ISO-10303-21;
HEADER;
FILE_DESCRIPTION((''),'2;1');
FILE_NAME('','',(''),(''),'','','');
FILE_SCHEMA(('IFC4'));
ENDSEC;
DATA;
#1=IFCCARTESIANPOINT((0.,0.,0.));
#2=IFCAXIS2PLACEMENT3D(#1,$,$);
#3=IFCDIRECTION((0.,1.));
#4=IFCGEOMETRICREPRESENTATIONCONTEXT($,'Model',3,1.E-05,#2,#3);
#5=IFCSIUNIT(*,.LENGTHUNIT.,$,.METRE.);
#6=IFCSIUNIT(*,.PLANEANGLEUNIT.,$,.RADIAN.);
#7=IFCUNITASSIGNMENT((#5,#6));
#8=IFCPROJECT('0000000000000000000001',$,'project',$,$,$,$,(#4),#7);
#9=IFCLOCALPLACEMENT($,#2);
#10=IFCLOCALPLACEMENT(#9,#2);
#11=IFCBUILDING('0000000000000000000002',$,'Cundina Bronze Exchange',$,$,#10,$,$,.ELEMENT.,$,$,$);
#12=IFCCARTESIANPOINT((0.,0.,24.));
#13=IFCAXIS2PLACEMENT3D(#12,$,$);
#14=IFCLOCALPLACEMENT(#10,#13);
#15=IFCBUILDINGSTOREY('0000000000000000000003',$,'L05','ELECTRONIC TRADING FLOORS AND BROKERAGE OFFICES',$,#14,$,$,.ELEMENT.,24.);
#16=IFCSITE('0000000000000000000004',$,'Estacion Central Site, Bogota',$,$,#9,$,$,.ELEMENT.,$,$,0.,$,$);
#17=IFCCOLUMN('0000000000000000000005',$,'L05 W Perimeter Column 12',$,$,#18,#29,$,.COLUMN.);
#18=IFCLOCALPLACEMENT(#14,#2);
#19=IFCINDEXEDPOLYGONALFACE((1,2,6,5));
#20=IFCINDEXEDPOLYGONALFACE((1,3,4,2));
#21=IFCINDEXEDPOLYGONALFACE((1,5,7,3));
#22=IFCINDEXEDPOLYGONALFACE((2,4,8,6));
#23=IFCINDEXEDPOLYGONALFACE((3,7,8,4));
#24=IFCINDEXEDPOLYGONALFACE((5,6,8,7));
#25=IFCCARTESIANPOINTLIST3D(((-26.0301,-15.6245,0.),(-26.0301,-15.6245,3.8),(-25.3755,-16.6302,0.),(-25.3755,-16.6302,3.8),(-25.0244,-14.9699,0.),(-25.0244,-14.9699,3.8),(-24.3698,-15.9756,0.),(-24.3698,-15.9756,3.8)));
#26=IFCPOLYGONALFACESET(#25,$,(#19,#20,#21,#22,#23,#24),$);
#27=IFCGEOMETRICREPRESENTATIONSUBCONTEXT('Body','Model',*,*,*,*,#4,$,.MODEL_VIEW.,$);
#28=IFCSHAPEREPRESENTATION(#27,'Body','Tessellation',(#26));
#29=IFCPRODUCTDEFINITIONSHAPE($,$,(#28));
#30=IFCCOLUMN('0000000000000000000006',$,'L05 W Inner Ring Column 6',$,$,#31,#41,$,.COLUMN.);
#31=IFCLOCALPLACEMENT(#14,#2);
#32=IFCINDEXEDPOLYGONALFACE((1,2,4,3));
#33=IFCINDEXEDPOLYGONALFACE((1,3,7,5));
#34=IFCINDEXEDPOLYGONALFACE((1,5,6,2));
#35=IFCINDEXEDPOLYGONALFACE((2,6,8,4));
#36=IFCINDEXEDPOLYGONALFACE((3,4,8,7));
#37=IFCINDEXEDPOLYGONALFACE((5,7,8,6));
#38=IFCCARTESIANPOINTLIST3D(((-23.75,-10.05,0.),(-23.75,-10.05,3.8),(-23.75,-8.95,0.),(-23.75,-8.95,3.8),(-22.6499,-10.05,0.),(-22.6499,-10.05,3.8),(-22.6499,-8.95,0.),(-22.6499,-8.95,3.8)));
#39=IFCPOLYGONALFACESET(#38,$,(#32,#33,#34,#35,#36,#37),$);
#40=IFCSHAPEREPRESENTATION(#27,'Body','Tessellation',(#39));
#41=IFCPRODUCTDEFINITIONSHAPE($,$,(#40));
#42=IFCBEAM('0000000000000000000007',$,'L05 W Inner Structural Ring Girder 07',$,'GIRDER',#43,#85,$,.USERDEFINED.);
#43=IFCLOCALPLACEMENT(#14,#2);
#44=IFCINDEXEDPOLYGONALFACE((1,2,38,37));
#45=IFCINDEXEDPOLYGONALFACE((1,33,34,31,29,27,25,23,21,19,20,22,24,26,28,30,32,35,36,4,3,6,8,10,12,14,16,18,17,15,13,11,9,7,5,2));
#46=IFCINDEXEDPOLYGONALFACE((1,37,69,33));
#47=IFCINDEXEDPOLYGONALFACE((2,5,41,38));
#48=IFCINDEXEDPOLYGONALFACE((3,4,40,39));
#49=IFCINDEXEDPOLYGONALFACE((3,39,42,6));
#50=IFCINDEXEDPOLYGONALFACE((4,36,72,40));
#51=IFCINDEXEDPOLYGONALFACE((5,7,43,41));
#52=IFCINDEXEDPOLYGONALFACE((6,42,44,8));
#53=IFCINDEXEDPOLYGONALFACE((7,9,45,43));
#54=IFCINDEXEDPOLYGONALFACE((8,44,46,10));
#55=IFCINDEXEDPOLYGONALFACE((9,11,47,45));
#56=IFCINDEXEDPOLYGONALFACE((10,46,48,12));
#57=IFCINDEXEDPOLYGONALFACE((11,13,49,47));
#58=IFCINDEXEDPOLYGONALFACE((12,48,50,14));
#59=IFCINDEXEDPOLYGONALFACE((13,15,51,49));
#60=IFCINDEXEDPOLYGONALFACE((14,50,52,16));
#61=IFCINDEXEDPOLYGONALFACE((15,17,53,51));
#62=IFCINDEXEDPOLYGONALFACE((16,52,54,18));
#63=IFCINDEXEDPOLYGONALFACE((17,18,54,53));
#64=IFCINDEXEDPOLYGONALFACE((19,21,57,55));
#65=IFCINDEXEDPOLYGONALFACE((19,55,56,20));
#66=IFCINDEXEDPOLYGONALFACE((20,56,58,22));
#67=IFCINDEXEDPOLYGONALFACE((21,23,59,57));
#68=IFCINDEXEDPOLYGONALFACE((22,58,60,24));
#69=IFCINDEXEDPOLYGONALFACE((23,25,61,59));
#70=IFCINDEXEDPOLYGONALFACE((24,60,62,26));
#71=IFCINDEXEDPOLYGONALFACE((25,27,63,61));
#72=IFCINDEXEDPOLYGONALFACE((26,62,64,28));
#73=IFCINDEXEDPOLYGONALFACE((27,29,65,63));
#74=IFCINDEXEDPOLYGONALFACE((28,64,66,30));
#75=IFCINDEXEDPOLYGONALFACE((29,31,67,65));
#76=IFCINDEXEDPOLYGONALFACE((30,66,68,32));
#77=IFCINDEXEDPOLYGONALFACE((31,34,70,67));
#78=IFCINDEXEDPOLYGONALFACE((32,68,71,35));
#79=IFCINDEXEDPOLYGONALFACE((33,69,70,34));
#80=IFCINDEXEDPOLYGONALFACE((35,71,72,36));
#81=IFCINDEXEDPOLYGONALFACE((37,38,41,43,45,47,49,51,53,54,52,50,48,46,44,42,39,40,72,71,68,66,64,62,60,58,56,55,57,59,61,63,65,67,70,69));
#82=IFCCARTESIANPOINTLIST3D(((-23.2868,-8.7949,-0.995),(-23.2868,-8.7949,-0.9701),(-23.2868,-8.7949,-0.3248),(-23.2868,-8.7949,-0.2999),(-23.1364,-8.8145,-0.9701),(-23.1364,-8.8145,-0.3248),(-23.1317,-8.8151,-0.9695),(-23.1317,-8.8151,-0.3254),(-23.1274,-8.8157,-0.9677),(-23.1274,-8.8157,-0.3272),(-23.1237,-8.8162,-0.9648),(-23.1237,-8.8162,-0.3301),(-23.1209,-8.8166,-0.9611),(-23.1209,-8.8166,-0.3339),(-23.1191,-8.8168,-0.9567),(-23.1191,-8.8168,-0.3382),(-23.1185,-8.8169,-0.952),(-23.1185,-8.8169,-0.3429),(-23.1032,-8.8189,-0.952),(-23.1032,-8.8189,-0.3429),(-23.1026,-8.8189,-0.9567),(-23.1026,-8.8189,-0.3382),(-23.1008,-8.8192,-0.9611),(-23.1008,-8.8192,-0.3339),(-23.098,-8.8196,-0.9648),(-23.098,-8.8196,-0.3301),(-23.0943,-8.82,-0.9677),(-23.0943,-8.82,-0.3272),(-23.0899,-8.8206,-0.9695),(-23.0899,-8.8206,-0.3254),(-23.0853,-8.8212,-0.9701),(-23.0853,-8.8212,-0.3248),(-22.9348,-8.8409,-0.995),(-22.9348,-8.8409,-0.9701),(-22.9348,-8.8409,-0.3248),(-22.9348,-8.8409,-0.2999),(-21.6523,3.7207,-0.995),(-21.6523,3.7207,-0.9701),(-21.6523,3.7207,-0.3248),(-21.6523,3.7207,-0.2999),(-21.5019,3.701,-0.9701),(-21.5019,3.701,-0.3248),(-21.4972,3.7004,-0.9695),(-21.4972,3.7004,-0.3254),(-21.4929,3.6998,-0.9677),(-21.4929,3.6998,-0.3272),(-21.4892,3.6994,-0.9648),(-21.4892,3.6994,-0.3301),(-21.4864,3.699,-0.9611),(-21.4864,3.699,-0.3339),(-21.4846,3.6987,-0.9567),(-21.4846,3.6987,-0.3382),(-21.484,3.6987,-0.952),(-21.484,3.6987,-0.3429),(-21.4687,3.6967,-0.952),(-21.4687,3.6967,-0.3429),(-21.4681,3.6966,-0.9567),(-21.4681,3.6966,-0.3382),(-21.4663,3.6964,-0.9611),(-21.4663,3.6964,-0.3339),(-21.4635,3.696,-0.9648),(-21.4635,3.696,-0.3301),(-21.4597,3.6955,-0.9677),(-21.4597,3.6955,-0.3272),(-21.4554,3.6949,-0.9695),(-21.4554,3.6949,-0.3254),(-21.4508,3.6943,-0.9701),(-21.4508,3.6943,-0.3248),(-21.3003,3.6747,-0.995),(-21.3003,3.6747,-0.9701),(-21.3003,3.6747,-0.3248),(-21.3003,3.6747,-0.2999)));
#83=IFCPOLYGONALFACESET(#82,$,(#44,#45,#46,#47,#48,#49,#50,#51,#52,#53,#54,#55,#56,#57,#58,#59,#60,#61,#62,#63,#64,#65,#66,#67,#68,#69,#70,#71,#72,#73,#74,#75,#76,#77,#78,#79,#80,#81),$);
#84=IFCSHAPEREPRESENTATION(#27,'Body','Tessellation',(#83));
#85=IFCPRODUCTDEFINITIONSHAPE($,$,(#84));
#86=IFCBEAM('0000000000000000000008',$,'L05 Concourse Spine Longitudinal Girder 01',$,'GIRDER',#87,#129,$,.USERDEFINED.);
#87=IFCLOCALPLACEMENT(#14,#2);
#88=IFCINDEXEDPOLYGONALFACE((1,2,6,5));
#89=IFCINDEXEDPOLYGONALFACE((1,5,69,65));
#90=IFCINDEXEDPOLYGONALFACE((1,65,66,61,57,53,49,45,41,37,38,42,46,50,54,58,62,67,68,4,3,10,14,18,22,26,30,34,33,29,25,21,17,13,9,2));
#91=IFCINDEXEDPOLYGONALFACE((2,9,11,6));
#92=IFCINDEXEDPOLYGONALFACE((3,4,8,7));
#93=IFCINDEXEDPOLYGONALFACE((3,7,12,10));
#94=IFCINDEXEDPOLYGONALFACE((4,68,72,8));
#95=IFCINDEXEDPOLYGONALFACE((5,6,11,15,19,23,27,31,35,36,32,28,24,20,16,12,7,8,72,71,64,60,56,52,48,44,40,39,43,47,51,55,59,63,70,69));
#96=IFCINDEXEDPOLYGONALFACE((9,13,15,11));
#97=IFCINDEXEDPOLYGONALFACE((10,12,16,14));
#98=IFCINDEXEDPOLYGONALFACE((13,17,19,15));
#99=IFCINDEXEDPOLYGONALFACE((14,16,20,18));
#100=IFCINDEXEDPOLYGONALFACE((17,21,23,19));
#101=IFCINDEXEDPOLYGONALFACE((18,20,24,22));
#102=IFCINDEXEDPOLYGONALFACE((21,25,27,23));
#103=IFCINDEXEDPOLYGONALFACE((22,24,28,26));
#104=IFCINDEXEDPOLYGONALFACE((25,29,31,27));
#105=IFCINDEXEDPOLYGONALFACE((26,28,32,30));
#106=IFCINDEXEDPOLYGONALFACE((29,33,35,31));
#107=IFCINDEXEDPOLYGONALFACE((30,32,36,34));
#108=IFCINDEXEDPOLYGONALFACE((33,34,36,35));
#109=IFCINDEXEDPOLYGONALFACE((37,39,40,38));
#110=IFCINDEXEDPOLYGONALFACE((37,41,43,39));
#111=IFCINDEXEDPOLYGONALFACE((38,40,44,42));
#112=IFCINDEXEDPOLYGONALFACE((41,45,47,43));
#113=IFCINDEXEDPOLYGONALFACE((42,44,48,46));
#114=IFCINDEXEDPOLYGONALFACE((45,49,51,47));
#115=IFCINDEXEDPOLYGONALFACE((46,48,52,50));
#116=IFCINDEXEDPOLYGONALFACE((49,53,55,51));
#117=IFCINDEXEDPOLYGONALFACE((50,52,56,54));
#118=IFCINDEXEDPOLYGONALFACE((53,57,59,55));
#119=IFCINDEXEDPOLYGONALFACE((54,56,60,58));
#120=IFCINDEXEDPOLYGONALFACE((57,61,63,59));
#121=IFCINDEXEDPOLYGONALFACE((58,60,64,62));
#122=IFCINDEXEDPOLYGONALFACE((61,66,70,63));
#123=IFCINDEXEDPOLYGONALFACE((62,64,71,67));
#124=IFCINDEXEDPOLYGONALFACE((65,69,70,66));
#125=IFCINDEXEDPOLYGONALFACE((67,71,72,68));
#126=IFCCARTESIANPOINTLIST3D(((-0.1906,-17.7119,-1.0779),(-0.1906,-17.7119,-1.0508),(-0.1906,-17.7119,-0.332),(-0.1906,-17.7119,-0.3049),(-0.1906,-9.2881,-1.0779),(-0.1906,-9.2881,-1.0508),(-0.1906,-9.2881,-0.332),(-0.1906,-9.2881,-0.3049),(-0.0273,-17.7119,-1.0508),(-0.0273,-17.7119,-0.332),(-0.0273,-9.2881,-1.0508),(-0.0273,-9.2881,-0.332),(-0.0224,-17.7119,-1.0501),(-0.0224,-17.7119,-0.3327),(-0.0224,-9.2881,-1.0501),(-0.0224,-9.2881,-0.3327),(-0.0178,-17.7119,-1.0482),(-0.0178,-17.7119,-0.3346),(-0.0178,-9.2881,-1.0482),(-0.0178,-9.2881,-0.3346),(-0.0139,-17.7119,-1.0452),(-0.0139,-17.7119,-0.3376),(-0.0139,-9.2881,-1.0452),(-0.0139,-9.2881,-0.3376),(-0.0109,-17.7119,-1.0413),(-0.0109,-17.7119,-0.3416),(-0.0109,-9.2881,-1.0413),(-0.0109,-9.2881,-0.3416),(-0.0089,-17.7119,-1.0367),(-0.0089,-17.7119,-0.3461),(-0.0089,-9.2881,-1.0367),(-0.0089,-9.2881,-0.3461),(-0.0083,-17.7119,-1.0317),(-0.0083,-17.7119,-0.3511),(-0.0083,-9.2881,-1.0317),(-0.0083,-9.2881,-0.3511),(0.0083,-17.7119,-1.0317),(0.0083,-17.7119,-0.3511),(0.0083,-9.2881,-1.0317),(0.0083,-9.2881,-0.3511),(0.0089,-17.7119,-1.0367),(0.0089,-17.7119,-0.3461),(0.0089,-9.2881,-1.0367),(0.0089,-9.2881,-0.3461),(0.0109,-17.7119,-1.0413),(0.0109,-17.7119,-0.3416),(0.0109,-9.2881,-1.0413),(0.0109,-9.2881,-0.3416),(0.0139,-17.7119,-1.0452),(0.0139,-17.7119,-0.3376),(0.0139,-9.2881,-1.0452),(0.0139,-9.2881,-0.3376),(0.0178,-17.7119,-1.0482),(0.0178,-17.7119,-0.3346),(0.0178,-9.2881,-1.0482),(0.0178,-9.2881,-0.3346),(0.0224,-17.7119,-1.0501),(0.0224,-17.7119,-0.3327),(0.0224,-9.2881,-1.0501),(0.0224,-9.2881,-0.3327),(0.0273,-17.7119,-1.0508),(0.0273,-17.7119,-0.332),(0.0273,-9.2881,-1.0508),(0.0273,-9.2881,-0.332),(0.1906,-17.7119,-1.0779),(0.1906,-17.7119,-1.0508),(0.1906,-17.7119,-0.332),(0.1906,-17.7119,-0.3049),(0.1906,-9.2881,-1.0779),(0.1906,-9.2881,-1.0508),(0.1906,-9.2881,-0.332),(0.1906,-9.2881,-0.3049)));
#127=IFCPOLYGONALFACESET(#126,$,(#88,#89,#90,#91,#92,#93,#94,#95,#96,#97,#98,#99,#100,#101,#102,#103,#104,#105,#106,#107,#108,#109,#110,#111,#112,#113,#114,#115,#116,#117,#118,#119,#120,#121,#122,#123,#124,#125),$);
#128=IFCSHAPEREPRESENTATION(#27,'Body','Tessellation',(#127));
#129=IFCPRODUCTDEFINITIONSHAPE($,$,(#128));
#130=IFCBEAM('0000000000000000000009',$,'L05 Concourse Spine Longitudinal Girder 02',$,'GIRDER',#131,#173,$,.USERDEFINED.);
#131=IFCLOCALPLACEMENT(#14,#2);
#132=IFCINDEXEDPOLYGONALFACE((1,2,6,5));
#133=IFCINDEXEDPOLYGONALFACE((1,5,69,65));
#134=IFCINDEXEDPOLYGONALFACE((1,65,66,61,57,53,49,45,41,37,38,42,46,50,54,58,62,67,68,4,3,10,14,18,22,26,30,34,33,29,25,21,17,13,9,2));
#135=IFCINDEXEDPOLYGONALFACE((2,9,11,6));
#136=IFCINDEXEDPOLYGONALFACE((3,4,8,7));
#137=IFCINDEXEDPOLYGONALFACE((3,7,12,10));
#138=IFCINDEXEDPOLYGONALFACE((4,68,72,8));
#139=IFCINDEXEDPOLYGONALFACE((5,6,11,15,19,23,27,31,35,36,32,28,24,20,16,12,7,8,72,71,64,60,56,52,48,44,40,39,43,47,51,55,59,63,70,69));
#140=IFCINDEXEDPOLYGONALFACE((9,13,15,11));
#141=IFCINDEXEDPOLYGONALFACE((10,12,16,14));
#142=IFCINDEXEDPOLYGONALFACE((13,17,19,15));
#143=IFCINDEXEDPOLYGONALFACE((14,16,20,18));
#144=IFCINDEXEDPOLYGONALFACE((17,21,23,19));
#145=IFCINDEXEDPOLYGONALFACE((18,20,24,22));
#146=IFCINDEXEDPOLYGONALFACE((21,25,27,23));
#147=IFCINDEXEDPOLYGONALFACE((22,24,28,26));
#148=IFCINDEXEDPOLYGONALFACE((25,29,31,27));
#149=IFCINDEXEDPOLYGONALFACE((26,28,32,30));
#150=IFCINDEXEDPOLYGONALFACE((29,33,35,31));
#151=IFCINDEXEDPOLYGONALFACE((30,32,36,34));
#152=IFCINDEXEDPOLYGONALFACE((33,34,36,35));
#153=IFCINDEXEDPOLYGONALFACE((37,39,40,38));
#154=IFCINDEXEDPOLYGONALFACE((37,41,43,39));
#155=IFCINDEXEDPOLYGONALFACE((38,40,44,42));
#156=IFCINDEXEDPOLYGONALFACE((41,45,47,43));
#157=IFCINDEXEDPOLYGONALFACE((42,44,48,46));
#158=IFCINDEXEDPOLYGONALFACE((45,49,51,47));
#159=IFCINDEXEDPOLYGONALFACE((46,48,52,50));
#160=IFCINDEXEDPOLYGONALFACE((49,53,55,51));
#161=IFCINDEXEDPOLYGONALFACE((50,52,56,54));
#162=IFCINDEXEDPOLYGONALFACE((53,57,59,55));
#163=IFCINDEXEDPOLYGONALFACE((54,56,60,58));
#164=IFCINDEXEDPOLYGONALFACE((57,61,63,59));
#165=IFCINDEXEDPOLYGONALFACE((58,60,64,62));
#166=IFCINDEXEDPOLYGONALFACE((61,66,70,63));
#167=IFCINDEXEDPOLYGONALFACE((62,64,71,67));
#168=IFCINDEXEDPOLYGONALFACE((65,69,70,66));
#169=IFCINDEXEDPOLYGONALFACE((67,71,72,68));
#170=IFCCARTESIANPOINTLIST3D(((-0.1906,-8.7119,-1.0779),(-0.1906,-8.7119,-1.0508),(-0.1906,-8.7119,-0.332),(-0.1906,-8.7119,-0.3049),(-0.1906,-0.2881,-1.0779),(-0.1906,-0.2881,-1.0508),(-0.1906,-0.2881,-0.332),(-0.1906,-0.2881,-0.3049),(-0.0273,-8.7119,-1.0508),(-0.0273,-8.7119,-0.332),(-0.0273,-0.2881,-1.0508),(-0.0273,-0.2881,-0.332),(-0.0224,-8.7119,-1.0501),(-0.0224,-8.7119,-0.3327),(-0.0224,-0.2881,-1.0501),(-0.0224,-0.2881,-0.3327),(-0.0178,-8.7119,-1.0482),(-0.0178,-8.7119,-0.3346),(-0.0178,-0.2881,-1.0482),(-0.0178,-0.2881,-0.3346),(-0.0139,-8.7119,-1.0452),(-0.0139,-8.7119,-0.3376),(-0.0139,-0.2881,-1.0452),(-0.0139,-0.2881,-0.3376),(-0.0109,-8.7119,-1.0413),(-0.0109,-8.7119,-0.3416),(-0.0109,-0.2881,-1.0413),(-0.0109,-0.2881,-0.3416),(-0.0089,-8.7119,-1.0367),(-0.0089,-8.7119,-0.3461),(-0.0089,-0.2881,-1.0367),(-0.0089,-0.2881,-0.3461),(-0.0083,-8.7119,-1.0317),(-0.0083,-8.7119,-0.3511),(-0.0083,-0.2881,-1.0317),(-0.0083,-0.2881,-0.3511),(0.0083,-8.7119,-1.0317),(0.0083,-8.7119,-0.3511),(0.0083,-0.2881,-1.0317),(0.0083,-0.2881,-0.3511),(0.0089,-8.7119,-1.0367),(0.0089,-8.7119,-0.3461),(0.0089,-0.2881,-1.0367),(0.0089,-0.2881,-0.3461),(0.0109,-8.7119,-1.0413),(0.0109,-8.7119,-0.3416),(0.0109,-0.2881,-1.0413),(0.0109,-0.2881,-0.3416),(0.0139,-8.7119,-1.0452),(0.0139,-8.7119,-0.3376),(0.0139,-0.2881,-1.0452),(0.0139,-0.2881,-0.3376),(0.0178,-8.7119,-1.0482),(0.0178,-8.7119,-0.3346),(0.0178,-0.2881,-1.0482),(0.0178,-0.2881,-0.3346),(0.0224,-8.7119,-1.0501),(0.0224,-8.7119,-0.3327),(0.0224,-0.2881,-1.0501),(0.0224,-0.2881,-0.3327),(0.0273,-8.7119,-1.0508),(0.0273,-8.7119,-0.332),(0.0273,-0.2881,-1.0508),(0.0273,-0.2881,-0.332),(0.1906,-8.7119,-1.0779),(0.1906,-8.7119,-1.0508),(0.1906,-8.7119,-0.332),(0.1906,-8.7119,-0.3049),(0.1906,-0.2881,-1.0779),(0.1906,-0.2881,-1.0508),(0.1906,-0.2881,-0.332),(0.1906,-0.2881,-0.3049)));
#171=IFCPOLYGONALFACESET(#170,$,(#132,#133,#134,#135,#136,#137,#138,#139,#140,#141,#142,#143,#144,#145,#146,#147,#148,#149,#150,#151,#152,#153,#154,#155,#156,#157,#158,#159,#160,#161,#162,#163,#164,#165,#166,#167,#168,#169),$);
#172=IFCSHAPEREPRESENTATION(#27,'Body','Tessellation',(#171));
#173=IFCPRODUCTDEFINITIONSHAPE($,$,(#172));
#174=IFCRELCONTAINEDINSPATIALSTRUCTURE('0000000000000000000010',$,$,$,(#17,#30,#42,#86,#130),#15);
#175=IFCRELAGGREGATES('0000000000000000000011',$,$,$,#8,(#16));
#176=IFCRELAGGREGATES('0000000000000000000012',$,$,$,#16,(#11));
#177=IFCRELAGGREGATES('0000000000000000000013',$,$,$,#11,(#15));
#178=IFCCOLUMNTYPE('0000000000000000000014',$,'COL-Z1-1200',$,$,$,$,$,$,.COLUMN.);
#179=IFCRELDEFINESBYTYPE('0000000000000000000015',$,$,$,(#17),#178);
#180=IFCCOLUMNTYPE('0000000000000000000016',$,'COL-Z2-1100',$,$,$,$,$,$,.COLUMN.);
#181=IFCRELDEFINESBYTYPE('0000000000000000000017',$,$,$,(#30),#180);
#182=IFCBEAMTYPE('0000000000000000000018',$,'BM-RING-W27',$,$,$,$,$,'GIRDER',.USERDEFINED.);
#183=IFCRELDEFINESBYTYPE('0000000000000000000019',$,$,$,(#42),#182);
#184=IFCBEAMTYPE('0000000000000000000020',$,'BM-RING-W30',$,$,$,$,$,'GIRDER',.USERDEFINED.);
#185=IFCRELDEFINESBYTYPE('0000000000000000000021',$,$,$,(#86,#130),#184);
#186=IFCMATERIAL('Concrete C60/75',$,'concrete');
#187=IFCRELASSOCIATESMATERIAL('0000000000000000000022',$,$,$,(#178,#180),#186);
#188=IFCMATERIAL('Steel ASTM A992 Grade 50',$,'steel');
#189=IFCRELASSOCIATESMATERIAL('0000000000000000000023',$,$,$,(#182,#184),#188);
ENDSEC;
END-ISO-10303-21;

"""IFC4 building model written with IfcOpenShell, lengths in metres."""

from ifc_helpers import new_model, si_unit, direction, frame, origin, origin_2d, place, context, subcontext, project, spatial, rectangle, i_section, extrude, material, material_profile, profile_set, type_object, element, save


model = new_model("IFC4")

# Units and contexts
model_context = context("Model", 3, precision=1e-05, world=origin(), true_north=direction((0.0, 1.0)))
body_context = subcontext(model_context, "Body", "Model", "MODEL_VIEW")
ifc_project = project(units=[si_unit("LENGTHUNIT", "METRE"), si_unit("PLANEANGLEUNIT", "RADIAN")], contexts=[model_context])

# Site, building, storey
site_placement = place(None, origin())
site = spatial("IfcSite", under=ifc_project, at=site_placement, Name="Estacion Central Site, Bogota", CompositionType="ELEMENT", RefElevation=0.0)
building_placement = place(site_placement, origin())
building = spatial("IfcBuilding", under=site, at=building_placement, Name="Cundina Bronze Exchange", CompositionType="ELEMENT")
storey_placement = place(building_placement, frame((0.0, 0.0, 24.0)))
storey = spatial("IfcBuildingStorey", under=building, at=storey_placement, Name="L05", Description="ELECTRONIC TRADING FLOORS AND BROKERAGE OFFICES", CompositionType="ELEMENT", Elevation=24.0)

# Columns
ifc_material_1 = material(Name="Concrete C60/75", Category="concrete")
ifc_material_profile_1 = material_profile(ifc_material_1, rectangle(XDim=1.2, YDim=1.2, at=origin_2d()), Name="RC1200X1200", Category="concrete")
ifc_profile_set_1 = profile_set([ifc_material_profile_1], Name="Concrete C60/75")
column_type_1 = type_object("IfcColumnType", Name="COL-Z1-1200", PredefinedType="COLUMN", material=ifc_profile_set_1)
column_1_placement = place(storey_placement, frame((-25.2, -15.8, 0.0), z_axis=(0.0, 0.0, 1.0), x_axis=(0.8381, 0.545517, 0.0)))
element("IfcColumn", 1, at=column_1_placement, inside=storey, type_object=column_type_1, Name="L05 W Perimeter Column 12", PredefinedType="COLUMN", context=body_context, shape_type="SweptSolid", body=[
    extrude(rectangle(XDim=1.2, YDim=1.2, at=origin_2d()), origin(), (0.0, 0.0, 1.0), 3.8),
])
ifc_material_profile_2 = material_profile(ifc_material_1, rectangle(XDim=1.1001, YDim=1.1001, at=origin_2d()), Name="RC1100X1100", Category="concrete")
ifc_profile_set_2 = profile_set([ifc_material_profile_2], Name="Concrete C60/75")
column_type_2 = type_object("IfcColumnType", Name="COL-Z2-1100", PredefinedType="COLUMN", material=ifc_profile_set_2)
column_2_placement = place(storey_placement, frame((-23.2, -9.5, 0.0), z_axis=(0.0, 0.0, 1.0), x_axis=(1.0, 0.0, 0.0)))
element("IfcColumn", 2, at=column_2_placement, inside=storey, type_object=column_type_2, Name="L05 W Inner Ring Column 6", PredefinedType="COLUMN", context=body_context, shape_type="SweptSolid", body=[
    extrude(rectangle(XDim=1.1001, YDim=1.1001, at=origin_2d()), origin(), (0.0, 0.0, 1.0), 3.8),
])

# Beams
ifc_material_2 = material(Name="Steel ASTM A992 Grade 50", Category="steel")
ifc_material_profile_3 = material_profile(ifc_material_2, i_section(OverallWidth=0.355, OverallDepth=0.6951, WebThickness=0.0154, FlangeThickness=0.0249, FilletRadius=0.0181, at=origin_2d()), Name="W27X146", Category="steel")
ifc_profile_set_3 = profile_set([ifc_material_profile_3], Name="Steel ASTM A992 Grade 50")
beam_type_1 = type_object("IfcBeamType", Name="BM-RING-W27", ElementType="GIRDER", PredefinedType="USERDEFINED", material=ifc_profile_set_3)
beam_1_placement = place(storey_placement, frame((-23.1108, -8.8179, -0.6475), z_axis=(0.129499, 0.99158, 0.0), x_axis=(-0.99158, 0.129499, 0.0)))
element("IfcBeam", 3, at=beam_1_placement, inside=storey, type_object=beam_type_1, Name="L05 W Inner Structural Ring Girder 07", ObjectType="GIRDER", PredefinedType="USERDEFINED", context=body_context, shape_type="SweptSolid", body=[
    extrude(i_section(OverallWidth=0.355, OverallDepth=0.6951, WebThickness=0.0154, FlangeThickness=0.0249, FilletRadius=0.0181, at=origin_2d()), origin(), (0.0, 0.0, 1.0), 12.6218),
])
ifc_material_profile_4 = material_profile(ifc_material_2, i_section(OverallWidth=0.3811, OverallDepth=0.7729, WebThickness=0.0166, FlangeThickness=0.0271, FilletRadius=0.019, at=origin_2d()), Name="W30X173", Category="steel")
ifc_profile_set_4 = profile_set([ifc_material_profile_4], Name="Steel ASTM A992 Grade 50")
beam_type_2 = type_object("IfcBeamType", Name="BM-RING-W30", ElementType="GIRDER", PredefinedType="USERDEFINED", material=ifc_profile_set_4)
for number, where, z_axis, x_axis, name in (
    (4, (0.0, -17.7119, -0.6914), (0.0, 1.0, 0.0), (-1.0, 0.0, 0.0), "L05 Concourse Spine Longitudinal Girder 01"),
    (5, (0.0, -8.7119, -0.6914), (0.0, 1.0, 0.0), (-1.0, 0.0, 0.0), "L05 Concourse Spine Longitudinal Girder 02"),
):
    element("IfcBeam", number, at=place(storey_placement, frame(where, z_axis=z_axis, x_axis=x_axis)), inside=storey, type_object=beam_type_2, Name=name, ObjectType="GIRDER", PredefinedType="USERDEFINED", context=body_context, shape_type="SweptSolid", body=[
        extrude(i_section(OverallWidth=0.3811, OverallDepth=0.7729, WebThickness=0.0166, FlangeThickness=0.0271, FilletRadius=0.019, at=origin_2d()), origin(), (0.0, 0.0, 1.0), 8.4238),
    ])

save(model, "model.ifc")
